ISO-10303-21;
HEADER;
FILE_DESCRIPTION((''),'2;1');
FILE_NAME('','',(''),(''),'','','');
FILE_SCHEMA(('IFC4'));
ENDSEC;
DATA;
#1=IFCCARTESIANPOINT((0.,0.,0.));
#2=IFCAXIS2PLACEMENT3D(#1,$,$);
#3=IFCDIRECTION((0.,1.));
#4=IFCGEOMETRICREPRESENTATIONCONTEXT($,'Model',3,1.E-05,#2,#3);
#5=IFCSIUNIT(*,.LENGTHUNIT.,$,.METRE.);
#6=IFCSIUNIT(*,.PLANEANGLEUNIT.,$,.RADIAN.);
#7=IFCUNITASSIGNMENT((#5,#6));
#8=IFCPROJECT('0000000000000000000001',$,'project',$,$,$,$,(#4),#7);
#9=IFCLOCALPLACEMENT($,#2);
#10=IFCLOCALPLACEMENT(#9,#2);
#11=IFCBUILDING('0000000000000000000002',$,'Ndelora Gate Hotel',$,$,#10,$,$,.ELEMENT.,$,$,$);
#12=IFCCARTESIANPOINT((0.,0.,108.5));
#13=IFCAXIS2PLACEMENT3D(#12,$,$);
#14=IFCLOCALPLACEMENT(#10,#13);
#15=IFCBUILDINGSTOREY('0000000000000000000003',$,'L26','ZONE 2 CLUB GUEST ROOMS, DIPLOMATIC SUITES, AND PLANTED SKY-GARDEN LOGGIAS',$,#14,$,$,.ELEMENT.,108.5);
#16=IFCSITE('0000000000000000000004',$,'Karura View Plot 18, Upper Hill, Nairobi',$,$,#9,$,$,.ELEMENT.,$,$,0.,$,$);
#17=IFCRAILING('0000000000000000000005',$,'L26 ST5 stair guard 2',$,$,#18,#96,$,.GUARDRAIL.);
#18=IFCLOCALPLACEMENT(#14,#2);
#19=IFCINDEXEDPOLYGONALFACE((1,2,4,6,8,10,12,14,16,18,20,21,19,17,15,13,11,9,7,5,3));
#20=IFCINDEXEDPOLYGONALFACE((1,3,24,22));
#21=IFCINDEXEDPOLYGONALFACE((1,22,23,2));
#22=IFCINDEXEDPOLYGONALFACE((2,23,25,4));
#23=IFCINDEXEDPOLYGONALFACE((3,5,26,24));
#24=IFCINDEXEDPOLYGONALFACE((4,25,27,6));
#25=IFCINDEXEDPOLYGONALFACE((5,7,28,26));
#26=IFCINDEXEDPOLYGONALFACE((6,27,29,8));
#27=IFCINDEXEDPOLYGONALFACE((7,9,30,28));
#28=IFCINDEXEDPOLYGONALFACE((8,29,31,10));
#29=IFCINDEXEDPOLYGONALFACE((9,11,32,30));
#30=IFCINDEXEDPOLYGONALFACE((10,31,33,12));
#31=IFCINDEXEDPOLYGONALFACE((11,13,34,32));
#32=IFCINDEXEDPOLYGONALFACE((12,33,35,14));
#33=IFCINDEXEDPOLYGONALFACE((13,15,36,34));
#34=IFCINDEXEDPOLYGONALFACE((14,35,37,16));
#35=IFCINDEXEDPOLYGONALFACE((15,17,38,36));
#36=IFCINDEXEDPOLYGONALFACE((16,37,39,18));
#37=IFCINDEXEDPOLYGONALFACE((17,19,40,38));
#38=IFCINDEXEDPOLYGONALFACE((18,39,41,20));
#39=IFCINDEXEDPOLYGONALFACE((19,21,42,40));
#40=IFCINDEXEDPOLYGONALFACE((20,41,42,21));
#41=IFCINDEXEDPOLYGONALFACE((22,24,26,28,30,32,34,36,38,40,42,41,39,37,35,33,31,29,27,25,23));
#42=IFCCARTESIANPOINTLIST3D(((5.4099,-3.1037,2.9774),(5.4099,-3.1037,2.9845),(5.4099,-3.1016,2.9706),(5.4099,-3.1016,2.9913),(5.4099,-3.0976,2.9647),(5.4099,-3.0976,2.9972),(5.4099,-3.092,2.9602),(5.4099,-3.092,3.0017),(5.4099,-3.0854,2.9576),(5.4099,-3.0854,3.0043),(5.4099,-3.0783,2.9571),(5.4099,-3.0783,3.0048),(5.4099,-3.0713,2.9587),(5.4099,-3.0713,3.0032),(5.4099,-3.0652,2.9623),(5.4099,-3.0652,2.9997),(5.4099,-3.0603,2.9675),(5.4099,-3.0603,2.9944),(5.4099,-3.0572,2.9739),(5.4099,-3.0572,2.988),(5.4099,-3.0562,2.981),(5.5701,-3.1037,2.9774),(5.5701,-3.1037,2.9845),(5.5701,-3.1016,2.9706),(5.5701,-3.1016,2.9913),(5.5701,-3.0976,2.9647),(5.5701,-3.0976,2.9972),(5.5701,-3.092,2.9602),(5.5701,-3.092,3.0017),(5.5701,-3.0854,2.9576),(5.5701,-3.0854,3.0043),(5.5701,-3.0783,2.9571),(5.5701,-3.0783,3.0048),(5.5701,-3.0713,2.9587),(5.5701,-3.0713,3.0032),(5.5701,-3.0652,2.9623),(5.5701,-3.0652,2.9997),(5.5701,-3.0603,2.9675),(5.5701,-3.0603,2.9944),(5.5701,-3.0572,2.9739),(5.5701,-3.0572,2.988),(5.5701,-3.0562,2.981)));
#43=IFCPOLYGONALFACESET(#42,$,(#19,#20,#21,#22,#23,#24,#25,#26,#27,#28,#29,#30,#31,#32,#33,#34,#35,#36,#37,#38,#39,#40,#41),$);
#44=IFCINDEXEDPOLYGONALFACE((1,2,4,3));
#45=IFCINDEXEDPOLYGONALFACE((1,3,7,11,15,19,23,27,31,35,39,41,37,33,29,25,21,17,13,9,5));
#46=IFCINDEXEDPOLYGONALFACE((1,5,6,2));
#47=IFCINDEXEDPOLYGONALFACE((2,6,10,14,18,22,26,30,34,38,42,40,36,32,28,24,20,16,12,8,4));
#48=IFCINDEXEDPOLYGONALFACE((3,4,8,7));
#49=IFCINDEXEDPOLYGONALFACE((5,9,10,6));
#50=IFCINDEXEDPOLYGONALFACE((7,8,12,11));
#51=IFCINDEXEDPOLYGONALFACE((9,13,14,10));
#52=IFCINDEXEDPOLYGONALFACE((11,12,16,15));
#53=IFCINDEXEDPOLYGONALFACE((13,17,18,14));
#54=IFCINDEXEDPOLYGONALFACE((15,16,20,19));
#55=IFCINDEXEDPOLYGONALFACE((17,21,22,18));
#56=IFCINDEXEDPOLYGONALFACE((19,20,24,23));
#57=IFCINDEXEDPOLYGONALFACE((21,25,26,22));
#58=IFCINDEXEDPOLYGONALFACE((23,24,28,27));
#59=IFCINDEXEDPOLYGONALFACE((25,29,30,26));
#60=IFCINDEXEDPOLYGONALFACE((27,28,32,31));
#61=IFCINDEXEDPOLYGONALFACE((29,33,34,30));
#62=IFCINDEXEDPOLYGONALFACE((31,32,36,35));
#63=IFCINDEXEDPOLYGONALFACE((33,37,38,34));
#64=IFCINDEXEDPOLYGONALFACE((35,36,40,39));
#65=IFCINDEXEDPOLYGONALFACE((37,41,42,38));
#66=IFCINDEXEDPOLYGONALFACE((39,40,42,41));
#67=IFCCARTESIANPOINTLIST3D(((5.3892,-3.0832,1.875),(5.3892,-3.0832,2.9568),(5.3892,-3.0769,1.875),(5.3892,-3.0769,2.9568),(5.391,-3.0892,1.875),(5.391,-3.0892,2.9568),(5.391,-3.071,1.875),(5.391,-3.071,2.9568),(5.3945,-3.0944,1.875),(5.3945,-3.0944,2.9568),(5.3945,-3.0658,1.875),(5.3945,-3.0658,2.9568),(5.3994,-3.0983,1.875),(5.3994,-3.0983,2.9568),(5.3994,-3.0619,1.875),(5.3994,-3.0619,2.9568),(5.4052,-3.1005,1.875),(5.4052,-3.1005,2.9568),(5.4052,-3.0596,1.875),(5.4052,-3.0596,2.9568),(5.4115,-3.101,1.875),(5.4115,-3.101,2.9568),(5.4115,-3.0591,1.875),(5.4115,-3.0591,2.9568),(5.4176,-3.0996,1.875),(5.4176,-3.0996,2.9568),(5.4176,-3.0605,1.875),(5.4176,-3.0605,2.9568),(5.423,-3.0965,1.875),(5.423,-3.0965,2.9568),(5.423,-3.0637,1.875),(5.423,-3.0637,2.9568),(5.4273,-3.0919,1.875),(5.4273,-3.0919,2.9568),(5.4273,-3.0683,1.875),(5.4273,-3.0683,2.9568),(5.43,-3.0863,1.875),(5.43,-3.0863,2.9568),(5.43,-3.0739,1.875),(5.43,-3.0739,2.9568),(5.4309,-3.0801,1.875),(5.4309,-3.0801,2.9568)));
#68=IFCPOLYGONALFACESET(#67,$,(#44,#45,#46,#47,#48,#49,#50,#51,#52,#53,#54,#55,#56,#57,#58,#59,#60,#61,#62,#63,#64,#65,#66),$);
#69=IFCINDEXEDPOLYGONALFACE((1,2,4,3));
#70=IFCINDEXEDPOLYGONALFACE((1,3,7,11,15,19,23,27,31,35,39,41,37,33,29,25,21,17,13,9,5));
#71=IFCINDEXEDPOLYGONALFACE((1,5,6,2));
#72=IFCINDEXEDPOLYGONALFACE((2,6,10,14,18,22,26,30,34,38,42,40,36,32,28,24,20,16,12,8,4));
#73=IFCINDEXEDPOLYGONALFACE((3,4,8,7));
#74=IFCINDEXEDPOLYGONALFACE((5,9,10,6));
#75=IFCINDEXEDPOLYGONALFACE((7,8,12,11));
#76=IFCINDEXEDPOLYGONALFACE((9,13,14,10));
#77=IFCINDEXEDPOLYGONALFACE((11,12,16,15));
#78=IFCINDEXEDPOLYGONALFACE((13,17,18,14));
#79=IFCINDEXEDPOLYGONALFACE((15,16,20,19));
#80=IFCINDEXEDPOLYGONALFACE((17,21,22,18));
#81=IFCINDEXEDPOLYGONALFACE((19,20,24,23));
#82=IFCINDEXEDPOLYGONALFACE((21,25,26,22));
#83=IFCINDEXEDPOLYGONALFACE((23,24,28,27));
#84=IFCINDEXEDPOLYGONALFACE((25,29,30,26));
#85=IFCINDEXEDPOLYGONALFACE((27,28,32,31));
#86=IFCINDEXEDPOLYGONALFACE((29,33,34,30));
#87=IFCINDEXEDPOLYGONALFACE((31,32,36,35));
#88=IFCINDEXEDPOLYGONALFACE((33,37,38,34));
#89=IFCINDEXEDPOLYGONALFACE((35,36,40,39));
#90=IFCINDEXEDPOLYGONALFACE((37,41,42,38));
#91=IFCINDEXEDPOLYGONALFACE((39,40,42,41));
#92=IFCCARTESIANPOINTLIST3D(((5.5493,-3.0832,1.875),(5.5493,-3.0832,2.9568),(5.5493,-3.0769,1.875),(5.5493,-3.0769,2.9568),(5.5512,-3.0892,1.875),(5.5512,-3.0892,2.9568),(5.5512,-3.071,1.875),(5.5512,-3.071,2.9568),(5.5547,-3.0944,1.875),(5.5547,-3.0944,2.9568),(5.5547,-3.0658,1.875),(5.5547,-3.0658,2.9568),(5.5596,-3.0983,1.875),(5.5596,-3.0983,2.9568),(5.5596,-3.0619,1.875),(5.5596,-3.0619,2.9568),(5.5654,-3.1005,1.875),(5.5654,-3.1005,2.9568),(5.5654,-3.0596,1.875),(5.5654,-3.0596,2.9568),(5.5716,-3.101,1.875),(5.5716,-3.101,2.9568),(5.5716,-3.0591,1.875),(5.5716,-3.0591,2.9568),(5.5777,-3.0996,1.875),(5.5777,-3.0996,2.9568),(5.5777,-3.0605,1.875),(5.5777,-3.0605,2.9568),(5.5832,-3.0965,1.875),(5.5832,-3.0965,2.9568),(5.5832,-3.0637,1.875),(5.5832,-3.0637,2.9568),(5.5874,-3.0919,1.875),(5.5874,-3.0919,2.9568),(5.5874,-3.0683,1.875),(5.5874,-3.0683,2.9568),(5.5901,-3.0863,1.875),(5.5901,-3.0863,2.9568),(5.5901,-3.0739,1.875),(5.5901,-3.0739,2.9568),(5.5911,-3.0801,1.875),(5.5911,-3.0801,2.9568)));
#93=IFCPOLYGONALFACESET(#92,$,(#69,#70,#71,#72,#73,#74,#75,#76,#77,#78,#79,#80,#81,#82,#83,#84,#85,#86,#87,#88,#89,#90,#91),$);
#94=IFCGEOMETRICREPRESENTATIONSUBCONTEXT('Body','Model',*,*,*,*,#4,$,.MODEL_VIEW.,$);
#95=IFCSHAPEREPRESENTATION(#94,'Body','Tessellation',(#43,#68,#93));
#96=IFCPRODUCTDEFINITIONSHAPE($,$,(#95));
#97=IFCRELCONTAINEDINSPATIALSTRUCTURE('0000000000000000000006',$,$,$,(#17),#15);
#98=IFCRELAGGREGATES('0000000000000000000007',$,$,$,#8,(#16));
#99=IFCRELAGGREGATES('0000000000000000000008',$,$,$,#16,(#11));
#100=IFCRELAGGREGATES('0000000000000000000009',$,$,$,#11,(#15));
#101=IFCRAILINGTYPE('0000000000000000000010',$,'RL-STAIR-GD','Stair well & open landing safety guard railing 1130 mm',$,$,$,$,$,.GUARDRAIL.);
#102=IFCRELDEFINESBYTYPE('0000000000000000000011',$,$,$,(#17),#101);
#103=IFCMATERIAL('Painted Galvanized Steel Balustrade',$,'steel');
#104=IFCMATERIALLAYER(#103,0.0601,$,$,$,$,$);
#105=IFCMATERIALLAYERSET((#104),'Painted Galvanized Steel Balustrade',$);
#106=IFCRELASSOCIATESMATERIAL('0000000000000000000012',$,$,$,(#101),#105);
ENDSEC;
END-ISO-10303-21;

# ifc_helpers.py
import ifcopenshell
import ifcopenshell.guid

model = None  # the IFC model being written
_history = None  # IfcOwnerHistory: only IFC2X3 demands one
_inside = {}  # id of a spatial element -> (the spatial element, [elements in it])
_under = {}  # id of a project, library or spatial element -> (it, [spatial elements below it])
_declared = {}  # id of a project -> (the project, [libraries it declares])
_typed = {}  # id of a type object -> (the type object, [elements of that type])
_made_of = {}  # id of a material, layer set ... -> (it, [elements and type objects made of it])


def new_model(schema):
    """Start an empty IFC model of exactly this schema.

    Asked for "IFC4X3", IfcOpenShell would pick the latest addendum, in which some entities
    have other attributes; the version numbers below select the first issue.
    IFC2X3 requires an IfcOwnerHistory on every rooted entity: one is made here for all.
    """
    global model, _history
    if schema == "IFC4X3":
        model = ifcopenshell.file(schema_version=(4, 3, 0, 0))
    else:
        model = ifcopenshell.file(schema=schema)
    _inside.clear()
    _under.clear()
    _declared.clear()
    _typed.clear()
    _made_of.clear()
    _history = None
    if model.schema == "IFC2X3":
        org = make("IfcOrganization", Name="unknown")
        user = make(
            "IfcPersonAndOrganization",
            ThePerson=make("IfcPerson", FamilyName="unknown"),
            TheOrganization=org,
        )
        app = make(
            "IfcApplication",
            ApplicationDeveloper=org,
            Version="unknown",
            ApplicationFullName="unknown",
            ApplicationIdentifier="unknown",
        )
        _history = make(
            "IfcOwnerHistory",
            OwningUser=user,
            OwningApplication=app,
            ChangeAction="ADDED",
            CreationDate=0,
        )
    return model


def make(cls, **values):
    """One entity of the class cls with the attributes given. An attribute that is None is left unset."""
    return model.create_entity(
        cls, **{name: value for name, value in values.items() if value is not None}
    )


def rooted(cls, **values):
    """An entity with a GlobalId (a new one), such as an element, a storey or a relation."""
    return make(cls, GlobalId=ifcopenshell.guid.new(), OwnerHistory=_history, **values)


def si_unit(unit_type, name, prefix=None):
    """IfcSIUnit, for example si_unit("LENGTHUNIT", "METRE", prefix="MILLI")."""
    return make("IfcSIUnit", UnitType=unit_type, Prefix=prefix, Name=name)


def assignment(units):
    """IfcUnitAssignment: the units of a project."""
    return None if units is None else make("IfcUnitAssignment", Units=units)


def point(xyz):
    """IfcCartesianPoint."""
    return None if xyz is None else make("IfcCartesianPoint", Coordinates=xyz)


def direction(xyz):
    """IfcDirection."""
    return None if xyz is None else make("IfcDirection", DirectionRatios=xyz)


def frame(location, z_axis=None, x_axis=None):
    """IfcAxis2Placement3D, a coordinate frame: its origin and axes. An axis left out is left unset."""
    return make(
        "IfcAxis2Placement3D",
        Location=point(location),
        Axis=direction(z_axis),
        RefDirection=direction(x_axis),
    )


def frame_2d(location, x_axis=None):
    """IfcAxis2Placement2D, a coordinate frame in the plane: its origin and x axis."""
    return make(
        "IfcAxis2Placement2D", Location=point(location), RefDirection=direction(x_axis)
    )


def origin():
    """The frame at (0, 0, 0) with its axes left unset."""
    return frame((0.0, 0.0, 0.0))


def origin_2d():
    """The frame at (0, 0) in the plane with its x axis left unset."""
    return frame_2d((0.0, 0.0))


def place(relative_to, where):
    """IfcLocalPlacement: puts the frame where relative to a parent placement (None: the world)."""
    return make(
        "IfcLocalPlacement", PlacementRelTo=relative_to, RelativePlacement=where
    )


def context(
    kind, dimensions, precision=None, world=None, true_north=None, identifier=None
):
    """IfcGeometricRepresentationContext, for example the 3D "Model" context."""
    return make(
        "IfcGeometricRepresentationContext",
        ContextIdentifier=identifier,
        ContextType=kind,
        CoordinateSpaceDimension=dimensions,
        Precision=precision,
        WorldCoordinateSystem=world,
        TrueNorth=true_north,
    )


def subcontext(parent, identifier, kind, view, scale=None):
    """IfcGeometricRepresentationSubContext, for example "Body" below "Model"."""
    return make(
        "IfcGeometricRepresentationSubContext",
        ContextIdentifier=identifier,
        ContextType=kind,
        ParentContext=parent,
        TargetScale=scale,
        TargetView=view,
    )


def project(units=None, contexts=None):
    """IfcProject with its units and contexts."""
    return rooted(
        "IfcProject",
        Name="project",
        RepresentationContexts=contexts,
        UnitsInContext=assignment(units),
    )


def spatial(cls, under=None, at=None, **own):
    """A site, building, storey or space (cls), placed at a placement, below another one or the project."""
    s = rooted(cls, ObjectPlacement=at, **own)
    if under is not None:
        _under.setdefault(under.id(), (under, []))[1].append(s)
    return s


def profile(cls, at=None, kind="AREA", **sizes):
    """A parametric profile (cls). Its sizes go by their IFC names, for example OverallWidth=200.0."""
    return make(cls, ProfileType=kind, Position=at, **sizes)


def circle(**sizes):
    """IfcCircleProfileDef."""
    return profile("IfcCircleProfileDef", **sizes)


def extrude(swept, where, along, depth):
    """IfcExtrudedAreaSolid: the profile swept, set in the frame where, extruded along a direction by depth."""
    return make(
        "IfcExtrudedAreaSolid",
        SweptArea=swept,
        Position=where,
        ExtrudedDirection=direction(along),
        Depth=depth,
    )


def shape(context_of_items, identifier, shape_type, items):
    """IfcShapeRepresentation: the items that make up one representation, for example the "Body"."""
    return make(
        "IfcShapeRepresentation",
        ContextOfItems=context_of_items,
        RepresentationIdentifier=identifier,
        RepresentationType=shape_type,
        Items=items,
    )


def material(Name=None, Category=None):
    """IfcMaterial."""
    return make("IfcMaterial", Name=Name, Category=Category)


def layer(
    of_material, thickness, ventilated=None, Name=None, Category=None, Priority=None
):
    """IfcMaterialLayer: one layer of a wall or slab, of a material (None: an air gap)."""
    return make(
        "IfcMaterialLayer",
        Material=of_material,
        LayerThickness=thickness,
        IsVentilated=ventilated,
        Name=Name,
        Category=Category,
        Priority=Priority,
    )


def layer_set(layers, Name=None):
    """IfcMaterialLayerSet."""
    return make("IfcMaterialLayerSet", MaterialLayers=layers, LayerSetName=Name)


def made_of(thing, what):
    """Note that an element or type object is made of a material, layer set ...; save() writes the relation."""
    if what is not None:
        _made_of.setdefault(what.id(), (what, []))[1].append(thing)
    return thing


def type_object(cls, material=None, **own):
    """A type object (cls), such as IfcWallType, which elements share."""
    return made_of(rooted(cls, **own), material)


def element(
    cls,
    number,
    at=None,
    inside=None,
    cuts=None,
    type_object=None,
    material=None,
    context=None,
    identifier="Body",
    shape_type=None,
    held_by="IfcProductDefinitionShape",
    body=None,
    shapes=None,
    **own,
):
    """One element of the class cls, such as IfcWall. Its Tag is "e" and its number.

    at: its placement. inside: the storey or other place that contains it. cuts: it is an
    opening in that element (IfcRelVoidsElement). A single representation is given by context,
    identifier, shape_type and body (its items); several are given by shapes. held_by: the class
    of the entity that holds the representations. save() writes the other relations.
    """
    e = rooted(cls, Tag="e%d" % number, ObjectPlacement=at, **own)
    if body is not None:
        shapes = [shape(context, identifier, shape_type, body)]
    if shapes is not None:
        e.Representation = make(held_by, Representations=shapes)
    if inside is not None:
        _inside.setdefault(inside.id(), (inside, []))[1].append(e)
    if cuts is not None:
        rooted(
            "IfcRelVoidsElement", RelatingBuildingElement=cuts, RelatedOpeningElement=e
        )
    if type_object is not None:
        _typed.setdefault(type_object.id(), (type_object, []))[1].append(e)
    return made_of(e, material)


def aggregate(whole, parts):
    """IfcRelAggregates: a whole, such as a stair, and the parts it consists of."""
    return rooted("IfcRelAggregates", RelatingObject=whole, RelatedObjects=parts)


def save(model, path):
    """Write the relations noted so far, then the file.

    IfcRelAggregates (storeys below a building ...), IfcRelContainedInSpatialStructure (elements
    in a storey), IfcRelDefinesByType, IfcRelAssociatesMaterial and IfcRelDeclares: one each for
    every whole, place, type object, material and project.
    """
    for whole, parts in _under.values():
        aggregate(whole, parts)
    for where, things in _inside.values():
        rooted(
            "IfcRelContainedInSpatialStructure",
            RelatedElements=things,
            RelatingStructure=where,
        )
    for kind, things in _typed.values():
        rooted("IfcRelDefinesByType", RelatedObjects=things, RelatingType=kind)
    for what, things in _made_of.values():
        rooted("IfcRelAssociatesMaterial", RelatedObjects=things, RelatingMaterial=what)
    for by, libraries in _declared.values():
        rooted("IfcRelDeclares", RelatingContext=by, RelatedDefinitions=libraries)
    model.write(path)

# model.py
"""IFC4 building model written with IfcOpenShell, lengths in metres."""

from ifc_helpers import new_model, si_unit, direction, frame, origin, origin_2d, place, context, subcontext, project, spatial, circle, extrude, material, layer, layer_set, type_object, element, save


model = new_model("IFC4")

# Units and contexts
model_context = context("Model", 3, precision=1e-05, world=origin(), true_north=direction((0.0, 1.0)))
body_context = subcontext(model_context, "Body", "Model", "MODEL_VIEW")
ifc_project = project(units=[si_unit("LENGTHUNIT", "METRE"), si_unit("PLANEANGLEUNIT", "RADIAN")], contexts=[model_context])

# Site, building, storey
site_placement = place(None, origin())
site = spatial("IfcSite", under=ifc_project, at=site_placement, Name="Karura View Plot 18, Upper Hill, Nairobi", CompositionType="ELEMENT", RefElevation=0.0)
building_placement = place(site_placement, origin())
building = spatial("IfcBuilding", under=site, at=building_placement, Name="Ndelora Gate Hotel", CompositionType="ELEMENT")
storey_placement = place(building_placement, frame((0.0, 0.0, 108.5)))
storey = spatial("IfcBuildingStorey", under=building, at=storey_placement, Name="L26", Description="ZONE 2 CLUB GUEST ROOMS, DIPLOMATIC SUITES, AND PLANTED SKY-GARDEN LOGGIAS", CompositionType="ELEMENT", Elevation=108.5)

# Railing
ifc_material_1 = material(Name="Painted Galvanized Steel Balustrade", Category="steel")
ifc_layer_1 = layer(ifc_material_1, 0.0601)
ifc_layer_set_1 = layer_set([ifc_layer_1], Name="Painted Galvanized Steel Balustrade")
railing_type_1 = type_object("IfcRailingType", Name="RL-STAIR-GD", Description="Stair well & open landing safety guard railing 1130 mm", PredefinedType="GUARDRAIL", material=ifc_layer_set_1)
railing_1_placement = place(storey_placement, frame((5.4099, -3.0801, 1.875)))
element("IfcRailing", 1, at=railing_1_placement, inside=storey, type_object=railing_type_1, Name="L26 ST5 stair guard 2", PredefinedType="GUARDRAIL", context=body_context, shape_type="SweptSolid", body=[
    extrude(circle(Radius=0.0239, at=origin_2d()), frame((0.0, 0.0, 1.106), z_axis=(1.0, 0.0, 0.0), x_axis=(0.0, 1.0, 0.0)), (0.0, 0.0, 1.0), 0.1602),
    extrude(circle(Radius=0.021, at=origin_2d()), origin(), (0.0, 0.0, 1.0), 1.0818),
    extrude(circle(Radius=0.021, at=origin_2d()), frame((0.1602, 0.0, 0.0)), (0.0, 0.0, 1.0), 1.0818),
])

save(model, "model.ifc")
